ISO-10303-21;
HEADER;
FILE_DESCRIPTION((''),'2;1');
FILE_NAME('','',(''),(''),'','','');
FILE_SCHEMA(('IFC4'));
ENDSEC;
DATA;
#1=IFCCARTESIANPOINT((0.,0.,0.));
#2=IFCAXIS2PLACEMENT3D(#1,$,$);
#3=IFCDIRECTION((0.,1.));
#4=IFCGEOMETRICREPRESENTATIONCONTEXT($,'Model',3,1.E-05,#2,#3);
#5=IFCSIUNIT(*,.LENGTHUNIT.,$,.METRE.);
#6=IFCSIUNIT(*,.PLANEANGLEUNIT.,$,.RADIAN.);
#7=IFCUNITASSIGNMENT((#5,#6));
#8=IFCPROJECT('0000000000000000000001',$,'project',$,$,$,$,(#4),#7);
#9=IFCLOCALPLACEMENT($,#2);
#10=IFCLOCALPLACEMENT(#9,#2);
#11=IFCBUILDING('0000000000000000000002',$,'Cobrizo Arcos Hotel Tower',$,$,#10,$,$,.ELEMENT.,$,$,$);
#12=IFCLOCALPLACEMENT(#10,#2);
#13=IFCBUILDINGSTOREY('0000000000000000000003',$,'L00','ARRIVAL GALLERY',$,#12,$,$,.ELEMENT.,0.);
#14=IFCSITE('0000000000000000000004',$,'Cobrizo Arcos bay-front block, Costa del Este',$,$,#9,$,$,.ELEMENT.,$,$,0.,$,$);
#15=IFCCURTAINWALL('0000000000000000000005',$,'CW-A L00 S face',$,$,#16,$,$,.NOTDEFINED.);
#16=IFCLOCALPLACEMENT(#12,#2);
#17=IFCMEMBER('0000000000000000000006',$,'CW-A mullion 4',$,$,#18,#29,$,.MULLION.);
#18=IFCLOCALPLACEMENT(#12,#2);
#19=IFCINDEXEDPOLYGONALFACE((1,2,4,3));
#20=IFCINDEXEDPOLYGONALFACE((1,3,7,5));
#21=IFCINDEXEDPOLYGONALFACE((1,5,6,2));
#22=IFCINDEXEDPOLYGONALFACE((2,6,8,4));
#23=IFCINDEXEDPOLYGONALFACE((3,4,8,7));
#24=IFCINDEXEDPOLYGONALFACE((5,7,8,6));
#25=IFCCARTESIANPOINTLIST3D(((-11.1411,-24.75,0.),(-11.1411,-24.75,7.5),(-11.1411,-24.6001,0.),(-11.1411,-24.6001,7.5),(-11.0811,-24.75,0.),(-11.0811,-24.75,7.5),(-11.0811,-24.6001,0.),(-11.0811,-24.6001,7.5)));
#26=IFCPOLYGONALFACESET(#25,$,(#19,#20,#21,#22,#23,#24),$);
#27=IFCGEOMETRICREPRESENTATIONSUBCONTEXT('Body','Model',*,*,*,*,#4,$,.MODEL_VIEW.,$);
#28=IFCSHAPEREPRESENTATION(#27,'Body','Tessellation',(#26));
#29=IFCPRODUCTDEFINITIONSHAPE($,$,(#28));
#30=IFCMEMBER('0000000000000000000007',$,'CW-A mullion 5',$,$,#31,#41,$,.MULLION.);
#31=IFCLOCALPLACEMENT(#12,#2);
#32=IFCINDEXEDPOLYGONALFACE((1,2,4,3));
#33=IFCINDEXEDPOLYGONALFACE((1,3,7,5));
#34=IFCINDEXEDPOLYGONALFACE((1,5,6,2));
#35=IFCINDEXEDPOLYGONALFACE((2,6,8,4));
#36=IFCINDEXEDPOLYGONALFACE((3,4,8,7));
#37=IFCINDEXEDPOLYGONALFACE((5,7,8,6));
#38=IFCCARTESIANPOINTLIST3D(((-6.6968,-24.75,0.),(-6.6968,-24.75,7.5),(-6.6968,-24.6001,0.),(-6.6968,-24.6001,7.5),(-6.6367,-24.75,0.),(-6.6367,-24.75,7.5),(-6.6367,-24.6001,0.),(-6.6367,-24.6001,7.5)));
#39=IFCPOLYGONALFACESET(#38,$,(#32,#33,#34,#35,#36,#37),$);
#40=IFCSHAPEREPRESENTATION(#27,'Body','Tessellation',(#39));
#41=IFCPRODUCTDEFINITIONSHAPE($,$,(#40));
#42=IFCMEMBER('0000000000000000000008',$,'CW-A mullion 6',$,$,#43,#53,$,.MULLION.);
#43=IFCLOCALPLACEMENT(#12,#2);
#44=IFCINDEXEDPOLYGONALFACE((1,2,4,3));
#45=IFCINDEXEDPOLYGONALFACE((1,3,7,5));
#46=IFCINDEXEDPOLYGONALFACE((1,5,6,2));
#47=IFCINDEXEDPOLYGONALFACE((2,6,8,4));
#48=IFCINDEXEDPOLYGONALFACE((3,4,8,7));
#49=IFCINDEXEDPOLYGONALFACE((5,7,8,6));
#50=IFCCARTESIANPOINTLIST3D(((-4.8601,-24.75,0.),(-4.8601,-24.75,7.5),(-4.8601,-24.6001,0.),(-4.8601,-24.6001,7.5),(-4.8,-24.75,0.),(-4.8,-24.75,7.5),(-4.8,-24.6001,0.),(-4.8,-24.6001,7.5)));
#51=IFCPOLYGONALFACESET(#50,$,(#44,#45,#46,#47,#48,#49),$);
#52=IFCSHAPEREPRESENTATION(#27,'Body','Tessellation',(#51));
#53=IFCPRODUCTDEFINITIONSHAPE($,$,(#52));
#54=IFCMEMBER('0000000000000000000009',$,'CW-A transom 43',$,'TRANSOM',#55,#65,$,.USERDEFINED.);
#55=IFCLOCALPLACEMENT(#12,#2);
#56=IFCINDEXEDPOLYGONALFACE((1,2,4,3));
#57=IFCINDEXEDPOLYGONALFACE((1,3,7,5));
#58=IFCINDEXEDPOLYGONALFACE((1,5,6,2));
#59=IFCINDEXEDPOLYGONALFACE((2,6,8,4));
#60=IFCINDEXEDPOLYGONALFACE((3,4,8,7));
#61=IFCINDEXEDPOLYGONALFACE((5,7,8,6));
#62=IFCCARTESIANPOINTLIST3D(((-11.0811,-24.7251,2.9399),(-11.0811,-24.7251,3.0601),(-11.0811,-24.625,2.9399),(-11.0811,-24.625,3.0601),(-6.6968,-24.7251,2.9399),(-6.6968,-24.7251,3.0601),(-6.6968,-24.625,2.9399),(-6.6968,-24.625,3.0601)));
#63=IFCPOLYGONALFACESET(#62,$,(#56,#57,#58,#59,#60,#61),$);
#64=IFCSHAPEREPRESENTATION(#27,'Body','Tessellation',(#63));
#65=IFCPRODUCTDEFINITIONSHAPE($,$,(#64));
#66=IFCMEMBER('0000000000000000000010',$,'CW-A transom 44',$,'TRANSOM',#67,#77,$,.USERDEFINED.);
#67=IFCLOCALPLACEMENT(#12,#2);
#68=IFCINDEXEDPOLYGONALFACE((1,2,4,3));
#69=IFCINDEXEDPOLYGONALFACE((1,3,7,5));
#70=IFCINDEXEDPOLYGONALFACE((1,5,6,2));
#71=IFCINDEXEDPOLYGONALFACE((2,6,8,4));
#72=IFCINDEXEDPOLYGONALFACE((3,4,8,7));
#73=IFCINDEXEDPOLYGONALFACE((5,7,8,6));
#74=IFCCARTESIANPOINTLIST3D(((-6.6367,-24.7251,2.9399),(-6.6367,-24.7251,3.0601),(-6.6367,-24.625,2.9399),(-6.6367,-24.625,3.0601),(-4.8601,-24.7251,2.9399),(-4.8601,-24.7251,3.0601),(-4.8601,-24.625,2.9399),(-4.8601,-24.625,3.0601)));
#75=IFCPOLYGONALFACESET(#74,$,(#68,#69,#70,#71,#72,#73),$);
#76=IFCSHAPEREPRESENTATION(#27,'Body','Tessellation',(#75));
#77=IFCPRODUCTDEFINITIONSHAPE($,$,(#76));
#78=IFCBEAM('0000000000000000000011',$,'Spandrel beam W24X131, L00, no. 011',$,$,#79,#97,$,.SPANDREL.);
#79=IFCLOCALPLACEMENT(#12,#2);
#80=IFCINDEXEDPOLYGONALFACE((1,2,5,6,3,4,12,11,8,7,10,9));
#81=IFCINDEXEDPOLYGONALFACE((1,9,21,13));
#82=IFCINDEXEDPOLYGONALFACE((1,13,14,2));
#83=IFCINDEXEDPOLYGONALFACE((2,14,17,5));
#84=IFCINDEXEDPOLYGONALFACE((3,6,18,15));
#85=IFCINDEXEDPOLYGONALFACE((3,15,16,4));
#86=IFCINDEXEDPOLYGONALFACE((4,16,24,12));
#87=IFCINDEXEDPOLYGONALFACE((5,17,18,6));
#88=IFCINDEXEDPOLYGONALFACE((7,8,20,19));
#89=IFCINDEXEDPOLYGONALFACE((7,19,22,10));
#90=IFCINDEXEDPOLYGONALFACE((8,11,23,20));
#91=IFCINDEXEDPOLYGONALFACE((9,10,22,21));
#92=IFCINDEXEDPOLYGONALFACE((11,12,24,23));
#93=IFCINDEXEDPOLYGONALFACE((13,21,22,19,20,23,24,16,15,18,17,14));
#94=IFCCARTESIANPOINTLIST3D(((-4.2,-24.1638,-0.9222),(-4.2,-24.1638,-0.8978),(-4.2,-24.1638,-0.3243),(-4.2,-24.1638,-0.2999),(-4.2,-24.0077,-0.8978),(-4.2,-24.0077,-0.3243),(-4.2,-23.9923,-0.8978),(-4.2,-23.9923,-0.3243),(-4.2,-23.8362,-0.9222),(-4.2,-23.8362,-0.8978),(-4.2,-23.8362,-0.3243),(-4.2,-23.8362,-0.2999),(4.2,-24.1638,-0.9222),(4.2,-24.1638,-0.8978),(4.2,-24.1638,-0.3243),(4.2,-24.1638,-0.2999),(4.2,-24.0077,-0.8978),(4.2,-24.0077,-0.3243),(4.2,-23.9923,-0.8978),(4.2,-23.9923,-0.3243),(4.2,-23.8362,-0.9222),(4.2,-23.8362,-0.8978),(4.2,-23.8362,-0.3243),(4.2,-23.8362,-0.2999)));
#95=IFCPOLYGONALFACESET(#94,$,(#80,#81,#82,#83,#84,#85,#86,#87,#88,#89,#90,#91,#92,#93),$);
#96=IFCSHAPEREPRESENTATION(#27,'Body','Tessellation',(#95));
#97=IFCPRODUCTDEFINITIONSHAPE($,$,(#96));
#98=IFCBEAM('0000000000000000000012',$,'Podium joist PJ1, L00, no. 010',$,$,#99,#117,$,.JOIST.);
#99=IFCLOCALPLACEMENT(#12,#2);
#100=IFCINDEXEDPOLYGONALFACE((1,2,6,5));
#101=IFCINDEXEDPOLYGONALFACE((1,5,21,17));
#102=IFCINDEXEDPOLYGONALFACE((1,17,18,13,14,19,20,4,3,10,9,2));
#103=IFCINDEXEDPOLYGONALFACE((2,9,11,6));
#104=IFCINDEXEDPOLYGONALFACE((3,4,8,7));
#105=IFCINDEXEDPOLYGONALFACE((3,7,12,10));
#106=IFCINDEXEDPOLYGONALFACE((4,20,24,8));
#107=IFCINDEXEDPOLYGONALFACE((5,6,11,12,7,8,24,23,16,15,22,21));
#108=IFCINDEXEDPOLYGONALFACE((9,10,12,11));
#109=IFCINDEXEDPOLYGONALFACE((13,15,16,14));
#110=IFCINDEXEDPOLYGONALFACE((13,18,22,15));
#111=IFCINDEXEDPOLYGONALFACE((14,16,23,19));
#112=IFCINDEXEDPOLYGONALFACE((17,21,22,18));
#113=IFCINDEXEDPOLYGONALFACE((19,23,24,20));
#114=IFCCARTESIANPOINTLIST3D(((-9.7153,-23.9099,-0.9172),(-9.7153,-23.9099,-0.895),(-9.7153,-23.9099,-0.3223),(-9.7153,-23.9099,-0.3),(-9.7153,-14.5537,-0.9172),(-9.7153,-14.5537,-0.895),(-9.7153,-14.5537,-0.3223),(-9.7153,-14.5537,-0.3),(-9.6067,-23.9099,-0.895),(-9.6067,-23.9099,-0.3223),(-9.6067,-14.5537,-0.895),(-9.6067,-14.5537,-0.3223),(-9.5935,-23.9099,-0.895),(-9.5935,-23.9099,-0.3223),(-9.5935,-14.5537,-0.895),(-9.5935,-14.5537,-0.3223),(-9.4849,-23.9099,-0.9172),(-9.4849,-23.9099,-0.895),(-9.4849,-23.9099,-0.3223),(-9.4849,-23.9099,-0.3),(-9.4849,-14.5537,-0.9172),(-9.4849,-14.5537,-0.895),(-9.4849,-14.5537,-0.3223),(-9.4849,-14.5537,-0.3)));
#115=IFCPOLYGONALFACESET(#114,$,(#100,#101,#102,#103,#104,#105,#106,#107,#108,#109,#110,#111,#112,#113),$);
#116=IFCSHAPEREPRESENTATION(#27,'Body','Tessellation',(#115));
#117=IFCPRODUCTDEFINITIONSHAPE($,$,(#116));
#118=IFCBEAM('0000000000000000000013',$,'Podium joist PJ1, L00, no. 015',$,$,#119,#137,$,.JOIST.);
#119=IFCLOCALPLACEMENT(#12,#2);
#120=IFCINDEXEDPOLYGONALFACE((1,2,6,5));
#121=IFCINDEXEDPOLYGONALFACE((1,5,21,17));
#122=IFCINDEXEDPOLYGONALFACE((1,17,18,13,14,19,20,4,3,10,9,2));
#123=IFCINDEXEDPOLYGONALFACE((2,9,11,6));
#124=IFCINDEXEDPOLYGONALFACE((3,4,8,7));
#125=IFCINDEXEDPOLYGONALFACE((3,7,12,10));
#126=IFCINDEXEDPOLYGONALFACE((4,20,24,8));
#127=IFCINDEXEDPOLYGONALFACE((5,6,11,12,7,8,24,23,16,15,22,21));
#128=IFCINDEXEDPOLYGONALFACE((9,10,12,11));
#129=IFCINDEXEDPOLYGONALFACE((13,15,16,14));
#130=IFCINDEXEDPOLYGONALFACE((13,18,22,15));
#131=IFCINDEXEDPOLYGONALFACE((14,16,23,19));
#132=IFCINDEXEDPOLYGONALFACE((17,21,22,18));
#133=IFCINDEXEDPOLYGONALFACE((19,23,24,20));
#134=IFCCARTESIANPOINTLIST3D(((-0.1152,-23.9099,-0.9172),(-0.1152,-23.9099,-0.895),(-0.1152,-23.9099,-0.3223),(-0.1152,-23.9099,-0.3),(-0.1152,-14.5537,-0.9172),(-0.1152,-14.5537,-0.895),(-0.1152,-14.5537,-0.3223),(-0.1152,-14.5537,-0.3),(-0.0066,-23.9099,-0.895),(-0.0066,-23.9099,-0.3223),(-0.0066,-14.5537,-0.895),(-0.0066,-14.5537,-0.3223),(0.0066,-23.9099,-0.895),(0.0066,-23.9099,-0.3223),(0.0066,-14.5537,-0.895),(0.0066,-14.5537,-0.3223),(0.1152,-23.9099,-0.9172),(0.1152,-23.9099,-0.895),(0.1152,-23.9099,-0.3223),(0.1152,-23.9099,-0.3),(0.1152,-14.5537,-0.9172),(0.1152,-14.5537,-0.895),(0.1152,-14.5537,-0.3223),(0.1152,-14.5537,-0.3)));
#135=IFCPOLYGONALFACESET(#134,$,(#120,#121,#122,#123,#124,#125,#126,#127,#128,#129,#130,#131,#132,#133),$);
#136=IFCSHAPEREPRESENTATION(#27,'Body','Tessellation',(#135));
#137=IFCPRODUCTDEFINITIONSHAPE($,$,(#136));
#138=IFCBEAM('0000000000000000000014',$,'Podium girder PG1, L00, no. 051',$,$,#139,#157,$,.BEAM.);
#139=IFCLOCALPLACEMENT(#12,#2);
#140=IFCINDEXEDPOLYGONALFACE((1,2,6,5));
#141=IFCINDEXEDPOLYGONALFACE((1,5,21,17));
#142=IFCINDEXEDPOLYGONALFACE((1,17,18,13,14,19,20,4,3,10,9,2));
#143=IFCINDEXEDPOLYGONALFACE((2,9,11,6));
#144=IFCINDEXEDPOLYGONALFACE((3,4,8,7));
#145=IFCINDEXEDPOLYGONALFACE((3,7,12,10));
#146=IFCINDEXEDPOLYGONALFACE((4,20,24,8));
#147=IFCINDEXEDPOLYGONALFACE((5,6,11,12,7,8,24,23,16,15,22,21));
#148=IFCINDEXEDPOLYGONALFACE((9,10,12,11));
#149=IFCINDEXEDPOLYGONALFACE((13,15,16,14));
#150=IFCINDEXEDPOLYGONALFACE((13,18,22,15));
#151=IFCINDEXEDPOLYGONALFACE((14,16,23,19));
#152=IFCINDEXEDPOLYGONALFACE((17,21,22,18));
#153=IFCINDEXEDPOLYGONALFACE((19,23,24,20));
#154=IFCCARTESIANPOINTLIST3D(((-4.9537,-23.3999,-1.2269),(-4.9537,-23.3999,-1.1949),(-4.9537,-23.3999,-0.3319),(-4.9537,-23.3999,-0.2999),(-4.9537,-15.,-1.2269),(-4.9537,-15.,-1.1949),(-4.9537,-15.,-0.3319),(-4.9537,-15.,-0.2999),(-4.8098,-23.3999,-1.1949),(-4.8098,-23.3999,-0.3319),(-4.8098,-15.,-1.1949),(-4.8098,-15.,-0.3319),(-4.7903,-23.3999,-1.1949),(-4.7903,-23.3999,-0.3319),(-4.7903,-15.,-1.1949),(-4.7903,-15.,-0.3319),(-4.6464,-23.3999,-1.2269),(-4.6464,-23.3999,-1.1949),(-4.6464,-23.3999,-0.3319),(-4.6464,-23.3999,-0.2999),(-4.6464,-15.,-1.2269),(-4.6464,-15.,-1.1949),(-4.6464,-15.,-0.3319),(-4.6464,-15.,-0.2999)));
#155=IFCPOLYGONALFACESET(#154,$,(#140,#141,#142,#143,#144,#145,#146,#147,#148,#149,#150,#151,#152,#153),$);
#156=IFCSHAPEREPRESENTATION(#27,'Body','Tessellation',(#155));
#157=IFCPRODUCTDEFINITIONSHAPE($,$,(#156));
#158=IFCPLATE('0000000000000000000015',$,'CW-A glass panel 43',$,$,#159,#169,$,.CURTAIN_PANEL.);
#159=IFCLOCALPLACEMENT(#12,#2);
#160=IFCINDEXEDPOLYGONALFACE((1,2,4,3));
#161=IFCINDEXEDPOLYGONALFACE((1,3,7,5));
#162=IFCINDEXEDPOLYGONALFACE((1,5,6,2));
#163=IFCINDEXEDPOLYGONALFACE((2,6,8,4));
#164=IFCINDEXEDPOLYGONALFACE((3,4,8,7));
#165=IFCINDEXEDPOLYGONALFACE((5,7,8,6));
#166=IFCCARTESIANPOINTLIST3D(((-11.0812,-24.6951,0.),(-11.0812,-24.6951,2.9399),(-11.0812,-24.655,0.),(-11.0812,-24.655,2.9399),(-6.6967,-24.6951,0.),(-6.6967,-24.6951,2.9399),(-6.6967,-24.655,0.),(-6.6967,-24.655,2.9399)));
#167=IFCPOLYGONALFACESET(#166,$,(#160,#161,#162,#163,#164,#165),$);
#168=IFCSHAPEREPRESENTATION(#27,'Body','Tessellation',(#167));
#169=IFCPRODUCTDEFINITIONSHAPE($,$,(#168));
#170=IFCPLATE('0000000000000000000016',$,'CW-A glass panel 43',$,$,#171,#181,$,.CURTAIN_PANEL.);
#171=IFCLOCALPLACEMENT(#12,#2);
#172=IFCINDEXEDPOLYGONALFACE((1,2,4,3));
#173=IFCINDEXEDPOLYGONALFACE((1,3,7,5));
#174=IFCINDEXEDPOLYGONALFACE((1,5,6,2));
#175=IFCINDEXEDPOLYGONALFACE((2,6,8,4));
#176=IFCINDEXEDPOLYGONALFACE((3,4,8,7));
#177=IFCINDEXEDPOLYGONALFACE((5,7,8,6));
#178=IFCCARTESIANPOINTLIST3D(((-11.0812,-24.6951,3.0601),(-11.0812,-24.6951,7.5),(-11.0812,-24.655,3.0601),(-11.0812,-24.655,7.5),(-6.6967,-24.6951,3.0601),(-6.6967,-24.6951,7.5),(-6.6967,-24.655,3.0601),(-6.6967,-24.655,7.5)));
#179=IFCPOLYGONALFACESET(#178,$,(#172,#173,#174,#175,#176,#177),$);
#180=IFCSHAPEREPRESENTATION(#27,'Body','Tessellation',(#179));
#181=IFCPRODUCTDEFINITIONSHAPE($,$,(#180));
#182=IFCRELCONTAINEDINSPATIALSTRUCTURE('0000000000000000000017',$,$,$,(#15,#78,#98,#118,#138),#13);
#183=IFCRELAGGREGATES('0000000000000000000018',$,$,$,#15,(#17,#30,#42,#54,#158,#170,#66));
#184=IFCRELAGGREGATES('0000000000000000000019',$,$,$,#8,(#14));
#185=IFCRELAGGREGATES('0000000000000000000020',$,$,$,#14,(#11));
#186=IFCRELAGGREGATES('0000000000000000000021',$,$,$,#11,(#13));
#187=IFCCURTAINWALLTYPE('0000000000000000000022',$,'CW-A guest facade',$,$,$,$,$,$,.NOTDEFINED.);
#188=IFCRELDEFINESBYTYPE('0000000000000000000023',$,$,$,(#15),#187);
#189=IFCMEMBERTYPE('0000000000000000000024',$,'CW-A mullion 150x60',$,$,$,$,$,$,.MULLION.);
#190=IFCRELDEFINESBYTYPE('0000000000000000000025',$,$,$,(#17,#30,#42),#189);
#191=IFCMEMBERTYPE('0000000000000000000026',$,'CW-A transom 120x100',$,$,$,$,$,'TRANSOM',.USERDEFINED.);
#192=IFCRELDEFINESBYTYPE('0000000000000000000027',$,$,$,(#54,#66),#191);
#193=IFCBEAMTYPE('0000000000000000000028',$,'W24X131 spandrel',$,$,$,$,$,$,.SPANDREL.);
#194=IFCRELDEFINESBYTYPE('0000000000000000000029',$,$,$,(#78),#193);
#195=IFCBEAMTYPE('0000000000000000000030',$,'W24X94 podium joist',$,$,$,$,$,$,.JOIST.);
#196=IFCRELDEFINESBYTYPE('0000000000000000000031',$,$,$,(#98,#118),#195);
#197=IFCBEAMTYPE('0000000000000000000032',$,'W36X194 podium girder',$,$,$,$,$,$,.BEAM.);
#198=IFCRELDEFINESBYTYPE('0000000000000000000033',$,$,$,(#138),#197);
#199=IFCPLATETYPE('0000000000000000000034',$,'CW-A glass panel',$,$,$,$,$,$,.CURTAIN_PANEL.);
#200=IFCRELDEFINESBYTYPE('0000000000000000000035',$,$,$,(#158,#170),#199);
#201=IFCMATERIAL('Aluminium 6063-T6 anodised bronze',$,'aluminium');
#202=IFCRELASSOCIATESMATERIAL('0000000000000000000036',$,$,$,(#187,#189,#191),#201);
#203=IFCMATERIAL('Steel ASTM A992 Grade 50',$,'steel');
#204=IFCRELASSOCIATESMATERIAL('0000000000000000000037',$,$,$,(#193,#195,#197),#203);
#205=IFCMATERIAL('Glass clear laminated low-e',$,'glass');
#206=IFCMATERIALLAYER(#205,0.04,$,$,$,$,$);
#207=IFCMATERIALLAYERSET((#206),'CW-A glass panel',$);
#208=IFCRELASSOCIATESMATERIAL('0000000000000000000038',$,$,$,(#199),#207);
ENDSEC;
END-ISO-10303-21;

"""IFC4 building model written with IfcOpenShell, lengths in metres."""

from ifc_helpers import new_model, si_unit, direction, frame, origin, origin_2d, place, context, subcontext, project, spatial, rectangle, i_section, extrude, material, layer, layer_set, material_profile, profile_set, type_object, element, aggregate, save


model = new_model("IFC4")

# Units and contexts
model_context = context("Model", 3, precision=1e-05, world=origin(), true_north=direction((0.0, 1.0)))
body_context = subcontext(model_context, "Body", "Model", "MODEL_VIEW")
ifc_project = project(units=[si_unit("LENGTHUNIT", "METRE"), si_unit("PLANEANGLEUNIT", "RADIAN")], contexts=[model_context])

# Site, building, storey
site_placement = place(None, origin())
site = spatial("IfcSite", under=ifc_project, at=site_placement, Name="Cobrizo Arcos bay-front block, Costa del Este", CompositionType="ELEMENT", RefElevation=0.0)
building_placement = place(site_placement, origin())
building = spatial("IfcBuilding", under=site, at=building_placement, Name="Cobrizo Arcos Hotel Tower", CompositionType="ELEMENT")
storey_placement = place(building_placement, origin())
storey = spatial("IfcBuildingStorey", under=building, at=storey_placement, Name="L00", Description="ARRIVAL GALLERY", CompositionType="ELEMENT", Elevation=0.0)

# Curtain wall, members
ifc_material_1 = material(Name="Aluminium 6063-T6 anodised bronze", Category="aluminium")
curtain_wall_type = type_object("IfcCurtainWallType", Name="CW-A guest facade", PredefinedType="NOTDEFINED", material=ifc_material_1)
curtain_wall_placement = place(storey_placement, origin())
curtain_wall = element("IfcCurtainWall", 1, at=curtain_wall_placement, inside=storey, type_object=curtain_wall_type, Name="CW-A L00 S face", PredefinedType="NOTDEFINED")
ifc_material_profile_1 = material_profile(ifc_material_1, rectangle(XDim=0.1499, YDim=0.0601, at=origin_2d()), Name="CW-A mullion 150x60")
ifc_profile_set_1 = profile_set([ifc_material_profile_1], Name="Aluminium 6063-T6 anodised bronze")
member_type_1 = type_object("IfcMemberType", Name="CW-A mullion 150x60", PredefinedType="MULLION", material=ifc_profile_set_1)
member_1_placement = place(storey_placement, frame((-11.1111, -24.675, 0.0), z_axis=(0.0, 0.0, 1.0), x_axis=(0.0, -1.0, 0.0)))
member_1 = element("IfcMember", 2, at=member_1_placement, type_object=member_type_1, Name="CW-A mullion 4", PredefinedType="MULLION", context=body_context, shape_type="SweptSolid", body=[
    extrude(rectangle(XDim=0.1499, YDim=0.0601, at=origin_2d()), origin(), (0.0, 0.0, 1.0), 7.5),
])
member_2_placement = place(storey_placement, frame((-6.6667, -24.675, 0.0), z_axis=(0.0, 0.0, 1.0), x_axis=(0.0, -1.0, 0.0)))
member_2 = element("IfcMember", 3, at=member_2_placement, type_object=member_type_1, Name="CW-A mullion 5", PredefinedType="MULLION", context=body_context, shape_type="SweptSolid", body=[
    extrude(rectangle(XDim=0.1499, YDim=0.0601, at=origin_2d()), origin(), (0.0, 0.0, 1.0), 7.5),
])
member_3_placement = place(storey_placement, frame((-4.8301, -24.675, 0.0), z_axis=(0.0, 0.0, 1.0), x_axis=(0.0, -1.0, 0.0)))
member_3 = element("IfcMember", 4, at=member_3_placement, type_object=member_type_1, Name="CW-A mullion 6", PredefinedType="MULLION", context=body_context, shape_type="SweptSolid", body=[
    extrude(rectangle(XDim=0.1499, YDim=0.0601, at=origin_2d()), origin(), (0.0, 0.0, 1.0), 7.5),
])
ifc_material_profile_2 = material_profile(ifc_material_1, rectangle(XDim=0.1001, YDim=0.1201, at=origin_2d()), Name="CW-A transom 120x100")
ifc_profile_set_2 = profile_set([ifc_material_profile_2], Name="Aluminium 6063-T6 anodised bronze")
member_type_2 = type_object("IfcMemberType", Name="CW-A transom 120x100", ElementType="TRANSOM", PredefinedType="USERDEFINED", material=ifc_profile_set_2)
member_4_placement = place(storey_placement, frame((-11.0811, -24.675, 3.0), z_axis=(1.0, 0.0, 0.0), x_axis=(0.0, 1.0, 0.0)))
member_4 = element("IfcMember", 5, at=member_4_placement, type_object=member_type_2, Name="CW-A transom 43", ObjectType="TRANSOM", PredefinedType="USERDEFINED", context=body_context, shape_type="SweptSolid", body=[
    extrude(rectangle(XDim=0.1001, YDim=0.1201, at=origin_2d()), origin(), (0.0, 0.0, 1.0), 4.3843),
])
member_5_placement = place(storey_placement, frame((-6.6367, -24.675, 3.0), z_axis=(1.0, 0.0, 0.0), x_axis=(0.0, 1.0, 0.0)))
member_5 = element("IfcMember", 6, at=member_5_placement, type_object=member_type_2, Name="CW-A transom 44", ObjectType="TRANSOM", PredefinedType="USERDEFINED", context=body_context, shape_type="SweptSolid", body=[
    extrude(rectangle(XDim=0.1001, YDim=0.1201, at=origin_2d()), origin(), (0.0, 0.0, 1.0), 1.7766),
])

# Beams
ifc_material_2 = material(Name="Steel ASTM A992 Grade 50", Category="steel")
ifc_material_profile_3 = material_profile(ifc_material_2, i_section(OverallWidth=0.3276, OverallDepth=0.6223, WebThickness=0.0154, FlangeThickness=0.0244, at=origin_2d()), Name="W24X131")
ifc_profile_set_3 = profile_set([ifc_material_profile_3], Name="Steel ASTM A992 Grade 50")
beam_type_1 = type_object("IfcBeamType", Name="W24X131 spandrel", PredefinedType="SPANDREL", material=ifc_profile_set_3)
beam_1_placement = place(storey_placement, frame((-4.2, -24.0, -0.6111), z_axis=(1.0, 0.0, 0.0), x_axis=(0.0, 1.0, 0.0)))
element("IfcBeam", 7, at=beam_1_placement, inside=storey, type_object=beam_type_1, Name="Spandrel beam W24X131, L00, no. 011", PredefinedType="SPANDREL", context=body_context, shape_type="SweptSolid", body=[
    extrude(i_section(OverallWidth=0.3276, OverallDepth=0.6223, WebThickness=0.0154, FlangeThickness=0.0244, at=origin_2d()), origin(), (0.0, 0.0, 1.0), 8.3999),
])
ifc_material_profile_4 = material_profile(ifc_material_2, i_section(OverallWidth=0.2305, OverallDepth=0.6172, WebThickness=0.0132, FlangeThickness=0.0222, at=origin_2d()), Name="W24X94")
ifc_profile_set_4 = profile_set([ifc_material_profile_4], Name="Steel ASTM A992 Grade 50")
beam_type_2 = type_object("IfcBeamType", Name="W24X94 podium joist", PredefinedType="JOIST", material=ifc_profile_set_4)
for number, where, z_axis, x_axis, name in (
    (8, (-9.6001, -23.9099, -0.6086), (0.0, 1.0, 0.0), (-1.0, 0.0, 0.0), "Podium joist PJ1, L00, no. 010"),
    (9, (0.0, -23.9099, -0.6086), (0.0, 1.0, 0.0), (-1.0, 0.0, 0.0), "Podium joist PJ1, L00, no. 015"),
):
    element("IfcBeam", number, at=place(storey_placement, frame(where, z_axis=z_axis, x_axis=x_axis)), inside=storey, type_object=beam_type_2, Name=name, PredefinedType="JOIST", context=body_context, shape_type="SweptSolid", body=[
        extrude(i_section(OverallWidth=0.2305, OverallDepth=0.6172, WebThickness=0.0132, FlangeThickness=0.0222, at=origin_2d()), origin(), (0.0, 0.0, 1.0), 9.3562),
    ])
ifc_material_profile_5 = material_profile(ifc_material_2, i_section(OverallWidth=0.3074, OverallDepth=0.927, WebThickness=0.0195, FlangeThickness=0.032, at=origin_2d()), Name="W36X194")
ifc_profile_set_5 = profile_set([ifc_material_profile_5], Name="Steel ASTM A992 Grade 50")
beam_type_3 = type_object("IfcBeamType", Name="W36X194 podium girder", PredefinedType="BEAM", material=ifc_profile_set_5)
beam_2_placement = place(storey_placement, frame((-4.8, -23.3999, -0.7634), z_axis=(0.0, 1.0, 0.0), x_axis=(-1.0, 0.0, 0.0)))
element("IfcBeam", 10, at=beam_2_placement, inside=storey, type_object=beam_type_3, Name="Podium girder PG1, L00, no. 051", PredefinedType="BEAM", context=body_context, shape_type="SweptSolid", body=[
    extrude(i_section(OverallWidth=0.3074, OverallDepth=0.927, WebThickness=0.0195, FlangeThickness=0.032, at=origin_2d()), origin(), (0.0, 0.0, 1.0), 8.3999),
])

# Plates
ifc_material_3 = material(Name="Glass clear laminated low-e", Category="glass")
ifc_layer_1 = layer(ifc_material_3, 0.04)
ifc_layer_set_1 = layer_set([ifc_layer_1], Name="CW-A glass panel")
plate_type = type_object("IfcPlateType", Name="CW-A glass panel", PredefinedType="CURTAIN_PANEL", material=ifc_layer_set_1)
plate_1_placement = place(storey_placement, frame((-8.8889, -24.675, 0.0), z_axis=(0.0, 0.0, 1.0), x_axis=(1.0, 0.0, 0.0)))
plate_1 = element("IfcPlate", 11, at=plate_1_placement, type_object=plate_type, Name="CW-A glass panel 43", PredefinedType="CURTAIN_PANEL", context=body_context, shape_type="SweptSolid", body=[
    extrude(rectangle(XDim=4.3845, YDim=0.04, at=origin_2d()), origin(), (0.0, 0.0, 1.0), 2.9399),
])
plate_2_placement = place(storey_placement, frame((-8.8889, -24.675, 3.0601), z_axis=(0.0, 0.0, 1.0), x_axis=(1.0, 0.0, 0.0)))
plate_2 = element("IfcPlate", 12, at=plate_2_placement, type_object=plate_type, Name="CW-A glass panel 43", PredefinedType="CURTAIN_PANEL", context=body_context, shape_type="SweptSolid", body=[
    extrude(rectangle(XDim=4.3845, YDim=0.04, at=origin_2d()), origin(), (0.0, 0.0, 1.0), 4.4399),
])
aggregate(curtain_wall, [member_1, member_2, member_3, member_4, plate_1, plate_2, member_5])

save(model, "model.ifc")
